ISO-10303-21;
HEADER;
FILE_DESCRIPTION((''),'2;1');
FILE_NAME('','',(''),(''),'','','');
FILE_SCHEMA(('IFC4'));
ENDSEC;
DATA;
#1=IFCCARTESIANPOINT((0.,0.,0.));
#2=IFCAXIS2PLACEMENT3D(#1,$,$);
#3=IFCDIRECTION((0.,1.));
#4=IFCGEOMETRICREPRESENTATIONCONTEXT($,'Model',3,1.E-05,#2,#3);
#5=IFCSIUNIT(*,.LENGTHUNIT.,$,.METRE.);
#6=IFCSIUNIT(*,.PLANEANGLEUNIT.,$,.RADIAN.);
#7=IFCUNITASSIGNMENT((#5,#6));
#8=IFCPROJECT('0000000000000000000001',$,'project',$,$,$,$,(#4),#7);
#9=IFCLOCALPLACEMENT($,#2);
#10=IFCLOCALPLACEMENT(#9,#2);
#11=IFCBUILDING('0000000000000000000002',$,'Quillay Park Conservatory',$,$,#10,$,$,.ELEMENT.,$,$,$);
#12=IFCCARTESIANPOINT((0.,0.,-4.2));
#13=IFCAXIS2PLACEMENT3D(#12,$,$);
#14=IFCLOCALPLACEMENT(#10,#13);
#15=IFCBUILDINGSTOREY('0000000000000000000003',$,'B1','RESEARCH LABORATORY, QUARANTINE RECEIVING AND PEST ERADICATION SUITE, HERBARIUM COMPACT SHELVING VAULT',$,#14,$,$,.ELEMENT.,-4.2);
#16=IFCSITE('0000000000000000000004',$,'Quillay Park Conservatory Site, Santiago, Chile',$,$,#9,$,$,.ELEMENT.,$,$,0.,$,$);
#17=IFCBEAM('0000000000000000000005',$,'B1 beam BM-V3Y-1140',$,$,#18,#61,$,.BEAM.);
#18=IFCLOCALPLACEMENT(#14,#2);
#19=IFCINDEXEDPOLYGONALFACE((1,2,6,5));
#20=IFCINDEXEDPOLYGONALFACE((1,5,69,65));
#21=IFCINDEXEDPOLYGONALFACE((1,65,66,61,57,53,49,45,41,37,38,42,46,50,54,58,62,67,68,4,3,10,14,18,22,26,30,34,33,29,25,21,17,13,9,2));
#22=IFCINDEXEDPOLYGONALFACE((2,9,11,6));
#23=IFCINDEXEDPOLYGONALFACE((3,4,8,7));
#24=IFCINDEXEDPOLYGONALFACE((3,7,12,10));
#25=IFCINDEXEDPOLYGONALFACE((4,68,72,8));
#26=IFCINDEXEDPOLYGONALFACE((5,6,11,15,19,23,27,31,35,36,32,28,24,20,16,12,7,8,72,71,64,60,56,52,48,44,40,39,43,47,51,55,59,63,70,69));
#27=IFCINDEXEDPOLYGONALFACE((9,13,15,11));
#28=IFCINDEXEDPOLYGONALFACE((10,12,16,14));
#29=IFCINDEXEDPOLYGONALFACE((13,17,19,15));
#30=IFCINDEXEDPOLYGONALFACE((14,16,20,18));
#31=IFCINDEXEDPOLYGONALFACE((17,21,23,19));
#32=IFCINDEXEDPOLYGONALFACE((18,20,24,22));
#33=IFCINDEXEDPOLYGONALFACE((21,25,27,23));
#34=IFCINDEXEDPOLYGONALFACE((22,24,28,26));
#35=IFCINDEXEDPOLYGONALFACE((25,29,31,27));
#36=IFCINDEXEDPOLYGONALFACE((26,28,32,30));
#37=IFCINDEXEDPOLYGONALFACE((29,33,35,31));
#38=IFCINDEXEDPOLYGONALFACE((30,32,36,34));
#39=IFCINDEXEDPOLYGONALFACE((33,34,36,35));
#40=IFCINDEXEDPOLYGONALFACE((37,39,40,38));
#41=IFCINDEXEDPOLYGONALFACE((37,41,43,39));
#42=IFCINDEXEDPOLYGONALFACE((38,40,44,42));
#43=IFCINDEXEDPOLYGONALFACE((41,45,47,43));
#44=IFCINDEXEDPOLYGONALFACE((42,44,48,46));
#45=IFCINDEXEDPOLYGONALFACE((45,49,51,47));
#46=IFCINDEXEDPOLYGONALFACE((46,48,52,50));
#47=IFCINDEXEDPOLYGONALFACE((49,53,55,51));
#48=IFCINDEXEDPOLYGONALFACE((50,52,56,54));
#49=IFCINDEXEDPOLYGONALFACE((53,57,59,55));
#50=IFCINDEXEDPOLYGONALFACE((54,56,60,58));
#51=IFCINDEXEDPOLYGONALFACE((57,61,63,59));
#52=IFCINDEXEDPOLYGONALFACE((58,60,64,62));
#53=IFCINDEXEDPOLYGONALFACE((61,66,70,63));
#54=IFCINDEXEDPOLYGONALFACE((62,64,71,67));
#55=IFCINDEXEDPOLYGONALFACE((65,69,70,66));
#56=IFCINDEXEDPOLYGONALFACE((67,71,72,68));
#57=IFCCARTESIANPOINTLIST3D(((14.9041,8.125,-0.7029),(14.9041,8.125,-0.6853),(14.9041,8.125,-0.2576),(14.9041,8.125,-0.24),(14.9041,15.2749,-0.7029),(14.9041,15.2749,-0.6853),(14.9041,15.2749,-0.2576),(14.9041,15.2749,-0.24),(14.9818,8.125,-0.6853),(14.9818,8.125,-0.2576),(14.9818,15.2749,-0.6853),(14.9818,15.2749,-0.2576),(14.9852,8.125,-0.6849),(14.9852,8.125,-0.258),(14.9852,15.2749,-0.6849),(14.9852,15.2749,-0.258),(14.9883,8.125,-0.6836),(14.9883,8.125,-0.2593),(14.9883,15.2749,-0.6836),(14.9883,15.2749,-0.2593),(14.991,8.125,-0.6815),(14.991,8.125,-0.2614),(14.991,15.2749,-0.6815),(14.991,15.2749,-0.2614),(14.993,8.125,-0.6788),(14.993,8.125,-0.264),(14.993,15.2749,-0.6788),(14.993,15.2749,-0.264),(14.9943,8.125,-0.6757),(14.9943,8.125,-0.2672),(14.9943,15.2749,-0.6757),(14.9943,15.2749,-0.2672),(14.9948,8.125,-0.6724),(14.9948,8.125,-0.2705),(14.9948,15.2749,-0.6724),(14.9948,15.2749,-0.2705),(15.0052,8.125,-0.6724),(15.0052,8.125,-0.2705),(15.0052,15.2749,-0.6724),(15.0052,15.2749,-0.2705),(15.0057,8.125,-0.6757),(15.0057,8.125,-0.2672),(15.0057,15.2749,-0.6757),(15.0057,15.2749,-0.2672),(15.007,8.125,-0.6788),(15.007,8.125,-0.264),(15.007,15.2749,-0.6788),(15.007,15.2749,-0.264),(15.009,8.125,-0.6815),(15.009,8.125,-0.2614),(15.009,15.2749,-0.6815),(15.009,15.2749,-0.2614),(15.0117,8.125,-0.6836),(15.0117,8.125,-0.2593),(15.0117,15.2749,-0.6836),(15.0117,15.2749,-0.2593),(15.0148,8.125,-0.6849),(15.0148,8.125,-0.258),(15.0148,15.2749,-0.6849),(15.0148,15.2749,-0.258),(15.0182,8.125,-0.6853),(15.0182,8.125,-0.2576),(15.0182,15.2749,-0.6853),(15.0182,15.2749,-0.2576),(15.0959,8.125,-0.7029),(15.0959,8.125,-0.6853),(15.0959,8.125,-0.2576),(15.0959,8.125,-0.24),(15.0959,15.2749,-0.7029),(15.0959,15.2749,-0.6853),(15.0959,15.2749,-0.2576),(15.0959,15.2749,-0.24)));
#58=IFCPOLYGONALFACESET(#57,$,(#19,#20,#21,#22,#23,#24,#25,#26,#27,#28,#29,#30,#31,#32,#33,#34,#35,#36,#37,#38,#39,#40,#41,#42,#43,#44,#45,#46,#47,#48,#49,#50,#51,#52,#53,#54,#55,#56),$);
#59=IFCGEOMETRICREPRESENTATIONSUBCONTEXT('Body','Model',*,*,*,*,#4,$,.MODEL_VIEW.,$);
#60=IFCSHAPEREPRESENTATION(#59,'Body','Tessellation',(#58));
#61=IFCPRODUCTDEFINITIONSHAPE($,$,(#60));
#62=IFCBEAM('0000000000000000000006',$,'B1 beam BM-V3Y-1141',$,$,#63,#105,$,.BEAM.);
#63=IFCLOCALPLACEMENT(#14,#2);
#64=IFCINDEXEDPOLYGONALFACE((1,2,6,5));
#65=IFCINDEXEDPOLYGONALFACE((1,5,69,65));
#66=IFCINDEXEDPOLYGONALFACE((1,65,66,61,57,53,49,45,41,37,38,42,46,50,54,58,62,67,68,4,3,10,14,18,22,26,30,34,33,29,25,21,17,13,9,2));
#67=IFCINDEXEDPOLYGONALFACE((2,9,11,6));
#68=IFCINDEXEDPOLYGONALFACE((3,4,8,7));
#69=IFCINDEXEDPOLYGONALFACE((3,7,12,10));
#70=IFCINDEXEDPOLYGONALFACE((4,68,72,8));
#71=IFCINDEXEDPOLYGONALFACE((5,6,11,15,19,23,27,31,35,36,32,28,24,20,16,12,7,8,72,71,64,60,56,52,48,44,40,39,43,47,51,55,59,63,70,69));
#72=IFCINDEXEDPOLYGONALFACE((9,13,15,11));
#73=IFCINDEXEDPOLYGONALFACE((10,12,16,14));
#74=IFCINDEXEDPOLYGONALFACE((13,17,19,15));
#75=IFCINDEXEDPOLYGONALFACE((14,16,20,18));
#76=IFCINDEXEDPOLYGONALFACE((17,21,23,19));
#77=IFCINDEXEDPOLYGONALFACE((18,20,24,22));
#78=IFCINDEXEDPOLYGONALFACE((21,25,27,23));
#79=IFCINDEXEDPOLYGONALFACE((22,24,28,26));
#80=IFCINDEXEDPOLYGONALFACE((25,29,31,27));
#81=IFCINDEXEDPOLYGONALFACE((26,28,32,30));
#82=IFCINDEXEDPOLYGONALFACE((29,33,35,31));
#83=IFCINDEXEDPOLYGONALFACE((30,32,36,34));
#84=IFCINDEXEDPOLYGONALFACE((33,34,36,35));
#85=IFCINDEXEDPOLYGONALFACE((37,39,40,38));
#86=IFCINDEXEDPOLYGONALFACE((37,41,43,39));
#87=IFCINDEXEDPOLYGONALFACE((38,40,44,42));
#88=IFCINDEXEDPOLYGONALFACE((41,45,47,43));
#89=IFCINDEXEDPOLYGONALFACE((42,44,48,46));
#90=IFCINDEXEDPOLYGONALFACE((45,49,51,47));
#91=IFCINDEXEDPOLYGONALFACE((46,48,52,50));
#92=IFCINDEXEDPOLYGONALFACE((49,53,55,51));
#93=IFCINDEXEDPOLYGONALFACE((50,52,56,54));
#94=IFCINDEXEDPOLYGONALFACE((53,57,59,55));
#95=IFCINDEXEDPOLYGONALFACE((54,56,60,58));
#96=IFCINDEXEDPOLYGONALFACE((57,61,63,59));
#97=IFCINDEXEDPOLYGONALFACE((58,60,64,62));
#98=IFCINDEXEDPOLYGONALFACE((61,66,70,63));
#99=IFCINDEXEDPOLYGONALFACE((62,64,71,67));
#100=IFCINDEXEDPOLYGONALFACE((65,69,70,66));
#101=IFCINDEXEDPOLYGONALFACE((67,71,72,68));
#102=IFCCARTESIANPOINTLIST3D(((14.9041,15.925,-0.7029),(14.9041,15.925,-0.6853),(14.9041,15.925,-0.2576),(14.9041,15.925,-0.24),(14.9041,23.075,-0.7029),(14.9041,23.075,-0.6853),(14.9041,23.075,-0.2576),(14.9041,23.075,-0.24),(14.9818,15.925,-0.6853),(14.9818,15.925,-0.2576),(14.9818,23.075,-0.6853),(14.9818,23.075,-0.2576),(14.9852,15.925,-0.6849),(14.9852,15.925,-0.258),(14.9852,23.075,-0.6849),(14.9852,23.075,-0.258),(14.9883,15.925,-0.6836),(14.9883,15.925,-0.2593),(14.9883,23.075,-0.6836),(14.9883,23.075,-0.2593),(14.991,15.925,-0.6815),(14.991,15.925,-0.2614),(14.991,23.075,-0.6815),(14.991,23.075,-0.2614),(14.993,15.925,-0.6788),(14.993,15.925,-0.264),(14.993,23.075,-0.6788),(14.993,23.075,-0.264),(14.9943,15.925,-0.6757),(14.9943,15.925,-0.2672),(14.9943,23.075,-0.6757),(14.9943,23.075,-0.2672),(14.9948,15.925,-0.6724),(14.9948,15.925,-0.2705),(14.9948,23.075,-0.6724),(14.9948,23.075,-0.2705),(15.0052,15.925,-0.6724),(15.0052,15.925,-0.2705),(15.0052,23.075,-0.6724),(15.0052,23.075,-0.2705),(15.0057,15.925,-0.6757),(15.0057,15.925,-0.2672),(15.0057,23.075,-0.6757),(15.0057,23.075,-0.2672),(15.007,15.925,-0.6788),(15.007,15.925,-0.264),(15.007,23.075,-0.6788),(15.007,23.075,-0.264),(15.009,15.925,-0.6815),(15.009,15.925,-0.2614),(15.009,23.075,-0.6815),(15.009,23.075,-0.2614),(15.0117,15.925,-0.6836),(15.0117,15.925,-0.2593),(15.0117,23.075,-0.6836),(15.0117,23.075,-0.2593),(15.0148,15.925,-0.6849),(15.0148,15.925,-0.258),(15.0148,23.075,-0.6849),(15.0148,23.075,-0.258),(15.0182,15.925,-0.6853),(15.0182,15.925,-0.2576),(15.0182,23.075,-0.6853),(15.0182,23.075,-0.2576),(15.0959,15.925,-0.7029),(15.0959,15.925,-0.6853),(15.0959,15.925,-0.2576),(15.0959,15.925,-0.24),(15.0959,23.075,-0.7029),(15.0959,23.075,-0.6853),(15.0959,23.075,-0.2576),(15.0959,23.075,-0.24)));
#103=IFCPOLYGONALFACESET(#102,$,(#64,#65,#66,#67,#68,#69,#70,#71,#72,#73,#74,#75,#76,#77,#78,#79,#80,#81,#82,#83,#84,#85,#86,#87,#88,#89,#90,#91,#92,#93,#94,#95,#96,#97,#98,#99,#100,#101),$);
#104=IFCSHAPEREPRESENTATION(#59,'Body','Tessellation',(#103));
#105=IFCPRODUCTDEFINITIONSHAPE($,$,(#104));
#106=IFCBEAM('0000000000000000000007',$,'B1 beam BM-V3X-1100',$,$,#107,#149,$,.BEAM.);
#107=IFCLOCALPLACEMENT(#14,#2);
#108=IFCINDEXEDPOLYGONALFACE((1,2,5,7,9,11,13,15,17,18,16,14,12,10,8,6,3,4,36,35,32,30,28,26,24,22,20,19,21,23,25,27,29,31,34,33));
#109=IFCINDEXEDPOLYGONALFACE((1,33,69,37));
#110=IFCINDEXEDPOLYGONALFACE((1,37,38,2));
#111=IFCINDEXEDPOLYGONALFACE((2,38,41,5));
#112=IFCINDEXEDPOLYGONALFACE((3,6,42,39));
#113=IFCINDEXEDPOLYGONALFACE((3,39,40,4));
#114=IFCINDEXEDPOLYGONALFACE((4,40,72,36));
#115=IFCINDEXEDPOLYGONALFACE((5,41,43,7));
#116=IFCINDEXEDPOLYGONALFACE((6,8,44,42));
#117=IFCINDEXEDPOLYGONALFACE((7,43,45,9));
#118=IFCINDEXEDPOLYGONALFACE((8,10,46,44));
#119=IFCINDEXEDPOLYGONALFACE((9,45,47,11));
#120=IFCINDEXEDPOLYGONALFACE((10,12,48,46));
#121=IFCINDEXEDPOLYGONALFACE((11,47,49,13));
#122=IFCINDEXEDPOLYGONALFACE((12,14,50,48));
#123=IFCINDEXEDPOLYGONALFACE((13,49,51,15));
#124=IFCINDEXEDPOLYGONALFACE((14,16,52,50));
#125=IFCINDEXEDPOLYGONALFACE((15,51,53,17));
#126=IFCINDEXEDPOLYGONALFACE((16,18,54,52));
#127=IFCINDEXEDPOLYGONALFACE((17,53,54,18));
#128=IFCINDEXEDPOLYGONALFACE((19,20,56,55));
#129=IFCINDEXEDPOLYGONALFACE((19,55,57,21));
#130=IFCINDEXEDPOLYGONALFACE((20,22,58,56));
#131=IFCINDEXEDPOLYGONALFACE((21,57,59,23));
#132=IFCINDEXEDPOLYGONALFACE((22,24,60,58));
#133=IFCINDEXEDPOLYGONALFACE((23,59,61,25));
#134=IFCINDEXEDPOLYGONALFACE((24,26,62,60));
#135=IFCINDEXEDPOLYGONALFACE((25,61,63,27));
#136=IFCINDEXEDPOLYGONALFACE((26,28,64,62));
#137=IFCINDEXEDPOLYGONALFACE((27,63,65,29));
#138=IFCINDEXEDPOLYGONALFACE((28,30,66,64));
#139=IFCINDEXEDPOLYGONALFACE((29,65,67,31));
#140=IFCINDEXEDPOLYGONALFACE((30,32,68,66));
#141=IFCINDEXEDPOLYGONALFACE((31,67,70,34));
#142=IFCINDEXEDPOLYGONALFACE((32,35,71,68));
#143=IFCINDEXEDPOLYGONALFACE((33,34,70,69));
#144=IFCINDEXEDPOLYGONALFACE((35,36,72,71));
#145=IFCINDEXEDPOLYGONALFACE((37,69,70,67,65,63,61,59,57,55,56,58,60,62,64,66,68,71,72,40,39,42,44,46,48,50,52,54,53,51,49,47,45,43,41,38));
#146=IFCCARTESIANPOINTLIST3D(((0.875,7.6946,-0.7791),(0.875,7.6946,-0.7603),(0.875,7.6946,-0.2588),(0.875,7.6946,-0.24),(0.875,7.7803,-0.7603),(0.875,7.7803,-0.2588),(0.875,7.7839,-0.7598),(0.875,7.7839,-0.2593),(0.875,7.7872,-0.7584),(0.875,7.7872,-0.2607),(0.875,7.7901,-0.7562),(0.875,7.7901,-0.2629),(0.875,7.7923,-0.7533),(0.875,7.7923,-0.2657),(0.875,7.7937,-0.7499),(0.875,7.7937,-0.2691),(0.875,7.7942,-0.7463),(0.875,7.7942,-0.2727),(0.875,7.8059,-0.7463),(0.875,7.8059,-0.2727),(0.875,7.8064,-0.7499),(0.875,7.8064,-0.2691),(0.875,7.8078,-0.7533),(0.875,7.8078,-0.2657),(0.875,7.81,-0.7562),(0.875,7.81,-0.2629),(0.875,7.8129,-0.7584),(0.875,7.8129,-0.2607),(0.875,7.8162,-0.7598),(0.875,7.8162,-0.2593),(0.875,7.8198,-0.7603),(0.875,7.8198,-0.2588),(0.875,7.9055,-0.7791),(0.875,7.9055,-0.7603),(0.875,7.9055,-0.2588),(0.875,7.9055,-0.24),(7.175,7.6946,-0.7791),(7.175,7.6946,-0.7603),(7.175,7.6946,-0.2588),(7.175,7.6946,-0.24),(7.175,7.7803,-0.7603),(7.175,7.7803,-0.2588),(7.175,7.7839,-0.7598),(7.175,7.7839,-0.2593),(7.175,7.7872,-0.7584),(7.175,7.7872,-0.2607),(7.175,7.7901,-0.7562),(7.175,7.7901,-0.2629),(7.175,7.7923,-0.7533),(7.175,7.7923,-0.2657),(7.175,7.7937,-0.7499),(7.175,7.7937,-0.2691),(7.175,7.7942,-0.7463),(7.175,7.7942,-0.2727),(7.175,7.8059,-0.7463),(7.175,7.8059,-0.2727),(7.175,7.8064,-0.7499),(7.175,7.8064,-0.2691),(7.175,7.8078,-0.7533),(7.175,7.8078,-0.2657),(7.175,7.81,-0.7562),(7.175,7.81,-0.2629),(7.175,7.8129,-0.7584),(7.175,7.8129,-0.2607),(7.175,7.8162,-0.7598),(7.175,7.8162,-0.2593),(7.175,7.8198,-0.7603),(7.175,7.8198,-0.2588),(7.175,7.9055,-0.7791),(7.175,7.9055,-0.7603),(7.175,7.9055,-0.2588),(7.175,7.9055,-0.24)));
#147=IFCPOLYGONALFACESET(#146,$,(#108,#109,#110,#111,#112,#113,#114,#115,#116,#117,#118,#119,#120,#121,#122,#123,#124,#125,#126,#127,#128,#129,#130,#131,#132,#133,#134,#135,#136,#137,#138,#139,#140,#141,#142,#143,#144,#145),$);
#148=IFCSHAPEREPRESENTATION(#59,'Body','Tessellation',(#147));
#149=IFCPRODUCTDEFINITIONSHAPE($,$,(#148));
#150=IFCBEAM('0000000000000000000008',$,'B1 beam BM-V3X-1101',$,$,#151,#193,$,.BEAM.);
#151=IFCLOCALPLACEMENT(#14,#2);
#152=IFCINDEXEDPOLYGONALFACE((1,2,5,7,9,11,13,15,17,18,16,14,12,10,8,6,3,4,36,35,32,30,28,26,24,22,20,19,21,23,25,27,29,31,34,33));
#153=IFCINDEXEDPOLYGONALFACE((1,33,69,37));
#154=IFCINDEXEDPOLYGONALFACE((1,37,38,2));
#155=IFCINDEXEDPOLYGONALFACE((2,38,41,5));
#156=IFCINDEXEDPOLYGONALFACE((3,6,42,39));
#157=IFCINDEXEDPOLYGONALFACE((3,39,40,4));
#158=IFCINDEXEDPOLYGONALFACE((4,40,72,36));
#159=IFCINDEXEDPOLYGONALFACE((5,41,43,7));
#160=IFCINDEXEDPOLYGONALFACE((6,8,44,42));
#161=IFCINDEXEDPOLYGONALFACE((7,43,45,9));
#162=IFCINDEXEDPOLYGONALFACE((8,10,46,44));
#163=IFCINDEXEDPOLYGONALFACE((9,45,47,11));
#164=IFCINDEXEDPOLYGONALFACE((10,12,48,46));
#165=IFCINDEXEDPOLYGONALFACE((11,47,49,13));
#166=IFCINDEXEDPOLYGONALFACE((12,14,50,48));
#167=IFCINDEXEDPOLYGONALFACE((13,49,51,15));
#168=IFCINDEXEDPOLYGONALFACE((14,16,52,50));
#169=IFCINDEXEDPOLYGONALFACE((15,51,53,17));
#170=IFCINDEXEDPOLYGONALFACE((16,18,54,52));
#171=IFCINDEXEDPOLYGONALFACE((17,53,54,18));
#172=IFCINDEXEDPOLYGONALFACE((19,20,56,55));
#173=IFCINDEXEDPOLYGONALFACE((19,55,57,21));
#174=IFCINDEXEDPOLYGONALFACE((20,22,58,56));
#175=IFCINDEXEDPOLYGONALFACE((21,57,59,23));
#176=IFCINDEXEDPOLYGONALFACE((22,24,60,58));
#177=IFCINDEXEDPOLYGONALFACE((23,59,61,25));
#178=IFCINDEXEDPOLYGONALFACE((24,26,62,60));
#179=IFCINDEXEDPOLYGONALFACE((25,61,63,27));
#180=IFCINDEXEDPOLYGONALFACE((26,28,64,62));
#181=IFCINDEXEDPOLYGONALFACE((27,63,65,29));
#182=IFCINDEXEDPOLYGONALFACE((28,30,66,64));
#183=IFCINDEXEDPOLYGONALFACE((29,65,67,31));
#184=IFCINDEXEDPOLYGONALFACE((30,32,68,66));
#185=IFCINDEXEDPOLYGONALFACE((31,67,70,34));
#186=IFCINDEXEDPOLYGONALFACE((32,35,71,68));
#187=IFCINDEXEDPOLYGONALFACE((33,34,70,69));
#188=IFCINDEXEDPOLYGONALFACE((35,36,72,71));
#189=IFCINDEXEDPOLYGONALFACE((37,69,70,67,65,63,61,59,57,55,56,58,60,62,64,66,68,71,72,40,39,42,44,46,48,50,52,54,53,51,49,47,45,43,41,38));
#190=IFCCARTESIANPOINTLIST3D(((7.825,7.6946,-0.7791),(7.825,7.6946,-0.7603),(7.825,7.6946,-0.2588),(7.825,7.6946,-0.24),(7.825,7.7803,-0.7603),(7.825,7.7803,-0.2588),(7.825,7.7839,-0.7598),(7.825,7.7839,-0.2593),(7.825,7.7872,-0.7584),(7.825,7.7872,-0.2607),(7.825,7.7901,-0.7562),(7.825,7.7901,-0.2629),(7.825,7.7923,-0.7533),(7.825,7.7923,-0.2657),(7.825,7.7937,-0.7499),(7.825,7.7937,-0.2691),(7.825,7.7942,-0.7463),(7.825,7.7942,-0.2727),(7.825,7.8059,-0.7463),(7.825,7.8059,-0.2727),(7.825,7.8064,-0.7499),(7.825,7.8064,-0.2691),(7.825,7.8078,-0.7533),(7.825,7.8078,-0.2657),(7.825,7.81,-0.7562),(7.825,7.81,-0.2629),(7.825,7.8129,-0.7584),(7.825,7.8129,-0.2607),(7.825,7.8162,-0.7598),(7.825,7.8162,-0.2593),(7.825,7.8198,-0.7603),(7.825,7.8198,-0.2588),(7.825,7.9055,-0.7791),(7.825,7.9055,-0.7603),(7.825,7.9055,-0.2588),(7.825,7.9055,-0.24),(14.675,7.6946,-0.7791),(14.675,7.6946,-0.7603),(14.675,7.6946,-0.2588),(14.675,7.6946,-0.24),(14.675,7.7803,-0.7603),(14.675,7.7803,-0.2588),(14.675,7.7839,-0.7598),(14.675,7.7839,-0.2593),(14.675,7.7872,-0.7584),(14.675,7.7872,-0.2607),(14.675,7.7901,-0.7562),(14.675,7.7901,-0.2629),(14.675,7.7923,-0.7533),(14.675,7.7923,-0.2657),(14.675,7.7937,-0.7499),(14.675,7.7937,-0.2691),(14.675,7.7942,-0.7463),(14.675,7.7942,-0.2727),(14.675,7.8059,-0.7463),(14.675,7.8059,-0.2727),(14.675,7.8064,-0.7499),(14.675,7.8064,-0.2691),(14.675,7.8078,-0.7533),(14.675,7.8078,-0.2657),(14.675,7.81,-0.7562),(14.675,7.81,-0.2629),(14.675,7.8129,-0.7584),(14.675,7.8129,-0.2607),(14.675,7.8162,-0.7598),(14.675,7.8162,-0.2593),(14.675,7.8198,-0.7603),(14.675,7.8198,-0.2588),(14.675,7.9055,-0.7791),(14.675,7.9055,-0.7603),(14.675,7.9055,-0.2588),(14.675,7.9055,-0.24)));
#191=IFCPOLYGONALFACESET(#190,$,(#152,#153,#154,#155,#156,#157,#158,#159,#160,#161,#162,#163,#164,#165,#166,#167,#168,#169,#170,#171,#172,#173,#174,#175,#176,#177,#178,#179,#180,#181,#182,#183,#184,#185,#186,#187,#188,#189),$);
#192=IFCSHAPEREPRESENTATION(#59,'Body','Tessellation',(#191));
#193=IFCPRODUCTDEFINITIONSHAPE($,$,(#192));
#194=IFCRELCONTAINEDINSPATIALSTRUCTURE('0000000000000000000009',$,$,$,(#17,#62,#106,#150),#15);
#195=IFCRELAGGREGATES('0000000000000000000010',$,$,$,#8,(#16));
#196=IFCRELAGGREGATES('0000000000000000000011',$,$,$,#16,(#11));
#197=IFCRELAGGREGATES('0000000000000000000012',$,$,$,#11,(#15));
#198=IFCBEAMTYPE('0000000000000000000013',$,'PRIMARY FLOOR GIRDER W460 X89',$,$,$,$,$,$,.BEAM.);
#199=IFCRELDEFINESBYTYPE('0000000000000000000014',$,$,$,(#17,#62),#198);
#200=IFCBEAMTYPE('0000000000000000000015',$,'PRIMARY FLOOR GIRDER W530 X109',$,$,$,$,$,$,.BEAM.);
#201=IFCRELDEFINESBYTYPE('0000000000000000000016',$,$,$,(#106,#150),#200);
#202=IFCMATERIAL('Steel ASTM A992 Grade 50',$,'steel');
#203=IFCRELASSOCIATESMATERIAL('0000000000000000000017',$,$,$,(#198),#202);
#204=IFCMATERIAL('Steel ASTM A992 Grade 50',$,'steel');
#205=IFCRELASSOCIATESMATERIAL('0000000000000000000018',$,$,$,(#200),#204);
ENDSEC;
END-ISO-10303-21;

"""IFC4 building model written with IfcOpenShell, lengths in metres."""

from ifc_helpers import new_model, si_unit, direction, frame, origin, origin_2d, place, context, subcontext, project, spatial, i_section, extrude, material, material_profile, profile_set, type_object, element, save


model = new_model("IFC4")

# Units and contexts
model_context = context("Model", 3, precision=1e-05, world=origin(), true_north=direction((0.0, 1.0)))
body_context = subcontext(model_context, "Body", "Model", "MODEL_VIEW")
ifc_project = project(units=[si_unit("LENGTHUNIT", "METRE"), si_unit("PLANEANGLEUNIT", "RADIAN")], contexts=[model_context])

# Site, building, storey
site_placement = place(None, origin())
site = spatial("IfcSite", under=ifc_project, at=site_placement, Name="Quillay Park Conservatory Site, Santiago, Chile", CompositionType="ELEMENT", RefElevation=0.0)
building_placement = place(site_placement, origin())
building = spatial("IfcBuilding", under=site, at=building_placement, Name="Quillay Park Conservatory", CompositionType="ELEMENT")
storey_placement = place(building_placement, frame((0.0, 0.0, -4.2)))
storey = spatial("IfcBuildingStorey", under=building, at=storey_placement, Name="B1", Description="RESEARCH LABORATORY, QUARANTINE RECEIVING AND PEST ERADICATION SUITE, HERBARIUM COMPACT SHELVING VAULT", CompositionType="ELEMENT", Elevation=-4.2)

# Beams
ifc_material_1 = material(Name="Steel ASTM A992 Grade 50", Category="steel")
ifc_material_profile_1 = material_profile(ifc_material_1, i_section(OverallWidth=0.1919, OverallDepth=0.4629, WebThickness=0.0105, FlangeThickness=0.0176, FilletRadius=0.0129, at=origin_2d()), Name="W460x89")
ifc_profile_set_1 = profile_set([ifc_material_profile_1], Name="Steel ASTM A992 Grade 50")
beam_type_1 = type_object("IfcBeamType", Name="PRIMARY FLOOR GIRDER W460 X89", PredefinedType="BEAM", material=ifc_profile_set_1)
for number, where, z_axis, x_axis, name in (
    (1, (15.0, 8.125, -0.4714), (0.0, 1.0, 0.0), (-1.0, 0.0, 0.0), "B1 beam BM-V3Y-1140"),
    (2, (15.0, 15.925, -0.4714), (0.0, 1.0, 0.0), (-1.0, 0.0, 0.0), "B1 beam BM-V3Y-1141"),
):
    element("IfcBeam", number, at=place(storey_placement, frame(where, z_axis=z_axis, x_axis=x_axis)), inside=storey, type_object=beam_type_1, Name=name, PredefinedType="BEAM", context=body_context, shape_type="SweptSolid", body=[
        extrude(i_section(OverallWidth=0.1919, OverallDepth=0.4629, WebThickness=0.0105, FlangeThickness=0.0176, FilletRadius=0.0129, at=origin_2d()), origin(), (0.0, 0.0, 1.0), 7.1499),
    ])
ifc_material_2 = material(Name="Steel ASTM A992 Grade 50", Category="steel")
ifc_material_profile_2 = material_profile(ifc_material_2, i_section(OverallWidth=0.2109, OverallDepth=0.5391, WebThickness=0.0117, FlangeThickness=0.0188, FilletRadius=0.0139, at=origin_2d()), Name="W530x109")
ifc_profile_set_2 = profile_set([ifc_material_profile_2], Name="Steel ASTM A992 Grade 50")
beam_type_2 = type_object("IfcBeamType", Name="PRIMARY FLOOR GIRDER W530 X109", PredefinedType="BEAM", material=ifc_profile_set_2)
beam_1_placement = place(storey_placement, frame((0.875, 7.8, -0.5095), z_axis=(1.0, 0.0, 0.0), x_axis=(0.0, 1.0, 0.0)))
element("IfcBeam", 3, at=beam_1_placement, inside=storey, type_object=beam_type_2, Name="B1 beam BM-V3X-1100", PredefinedType="BEAM", context=body_context, shape_type="SweptSolid", body=[
    extrude(i_section(OverallWidth=0.2109, OverallDepth=0.5391, WebThickness=0.0117, FlangeThickness=0.0188, FilletRadius=0.0139, at=origin_2d()), origin(), (0.0, 0.0, 1.0), 6.3),
])
beam_2_placement = place(storey_placement, frame((7.825, 7.8, -0.5095), z_axis=(1.0, 0.0, 0.0), x_axis=(0.0, 1.0, 0.0)))
element("IfcBeam", 4, at=beam_2_placement, inside=storey, type_object=beam_type_2, Name="B1 beam BM-V3X-1101", PredefinedType="BEAM", context=body_context, shape_type="SweptSolid", body=[
    extrude(i_section(OverallWidth=0.2109, OverallDepth=0.5391, WebThickness=0.0117, FlangeThickness=0.0188, FilletRadius=0.0139, at=origin_2d()), origin(), (0.0, 0.0, 1.0), 6.8501),
])

save(model, "model.ifc")
